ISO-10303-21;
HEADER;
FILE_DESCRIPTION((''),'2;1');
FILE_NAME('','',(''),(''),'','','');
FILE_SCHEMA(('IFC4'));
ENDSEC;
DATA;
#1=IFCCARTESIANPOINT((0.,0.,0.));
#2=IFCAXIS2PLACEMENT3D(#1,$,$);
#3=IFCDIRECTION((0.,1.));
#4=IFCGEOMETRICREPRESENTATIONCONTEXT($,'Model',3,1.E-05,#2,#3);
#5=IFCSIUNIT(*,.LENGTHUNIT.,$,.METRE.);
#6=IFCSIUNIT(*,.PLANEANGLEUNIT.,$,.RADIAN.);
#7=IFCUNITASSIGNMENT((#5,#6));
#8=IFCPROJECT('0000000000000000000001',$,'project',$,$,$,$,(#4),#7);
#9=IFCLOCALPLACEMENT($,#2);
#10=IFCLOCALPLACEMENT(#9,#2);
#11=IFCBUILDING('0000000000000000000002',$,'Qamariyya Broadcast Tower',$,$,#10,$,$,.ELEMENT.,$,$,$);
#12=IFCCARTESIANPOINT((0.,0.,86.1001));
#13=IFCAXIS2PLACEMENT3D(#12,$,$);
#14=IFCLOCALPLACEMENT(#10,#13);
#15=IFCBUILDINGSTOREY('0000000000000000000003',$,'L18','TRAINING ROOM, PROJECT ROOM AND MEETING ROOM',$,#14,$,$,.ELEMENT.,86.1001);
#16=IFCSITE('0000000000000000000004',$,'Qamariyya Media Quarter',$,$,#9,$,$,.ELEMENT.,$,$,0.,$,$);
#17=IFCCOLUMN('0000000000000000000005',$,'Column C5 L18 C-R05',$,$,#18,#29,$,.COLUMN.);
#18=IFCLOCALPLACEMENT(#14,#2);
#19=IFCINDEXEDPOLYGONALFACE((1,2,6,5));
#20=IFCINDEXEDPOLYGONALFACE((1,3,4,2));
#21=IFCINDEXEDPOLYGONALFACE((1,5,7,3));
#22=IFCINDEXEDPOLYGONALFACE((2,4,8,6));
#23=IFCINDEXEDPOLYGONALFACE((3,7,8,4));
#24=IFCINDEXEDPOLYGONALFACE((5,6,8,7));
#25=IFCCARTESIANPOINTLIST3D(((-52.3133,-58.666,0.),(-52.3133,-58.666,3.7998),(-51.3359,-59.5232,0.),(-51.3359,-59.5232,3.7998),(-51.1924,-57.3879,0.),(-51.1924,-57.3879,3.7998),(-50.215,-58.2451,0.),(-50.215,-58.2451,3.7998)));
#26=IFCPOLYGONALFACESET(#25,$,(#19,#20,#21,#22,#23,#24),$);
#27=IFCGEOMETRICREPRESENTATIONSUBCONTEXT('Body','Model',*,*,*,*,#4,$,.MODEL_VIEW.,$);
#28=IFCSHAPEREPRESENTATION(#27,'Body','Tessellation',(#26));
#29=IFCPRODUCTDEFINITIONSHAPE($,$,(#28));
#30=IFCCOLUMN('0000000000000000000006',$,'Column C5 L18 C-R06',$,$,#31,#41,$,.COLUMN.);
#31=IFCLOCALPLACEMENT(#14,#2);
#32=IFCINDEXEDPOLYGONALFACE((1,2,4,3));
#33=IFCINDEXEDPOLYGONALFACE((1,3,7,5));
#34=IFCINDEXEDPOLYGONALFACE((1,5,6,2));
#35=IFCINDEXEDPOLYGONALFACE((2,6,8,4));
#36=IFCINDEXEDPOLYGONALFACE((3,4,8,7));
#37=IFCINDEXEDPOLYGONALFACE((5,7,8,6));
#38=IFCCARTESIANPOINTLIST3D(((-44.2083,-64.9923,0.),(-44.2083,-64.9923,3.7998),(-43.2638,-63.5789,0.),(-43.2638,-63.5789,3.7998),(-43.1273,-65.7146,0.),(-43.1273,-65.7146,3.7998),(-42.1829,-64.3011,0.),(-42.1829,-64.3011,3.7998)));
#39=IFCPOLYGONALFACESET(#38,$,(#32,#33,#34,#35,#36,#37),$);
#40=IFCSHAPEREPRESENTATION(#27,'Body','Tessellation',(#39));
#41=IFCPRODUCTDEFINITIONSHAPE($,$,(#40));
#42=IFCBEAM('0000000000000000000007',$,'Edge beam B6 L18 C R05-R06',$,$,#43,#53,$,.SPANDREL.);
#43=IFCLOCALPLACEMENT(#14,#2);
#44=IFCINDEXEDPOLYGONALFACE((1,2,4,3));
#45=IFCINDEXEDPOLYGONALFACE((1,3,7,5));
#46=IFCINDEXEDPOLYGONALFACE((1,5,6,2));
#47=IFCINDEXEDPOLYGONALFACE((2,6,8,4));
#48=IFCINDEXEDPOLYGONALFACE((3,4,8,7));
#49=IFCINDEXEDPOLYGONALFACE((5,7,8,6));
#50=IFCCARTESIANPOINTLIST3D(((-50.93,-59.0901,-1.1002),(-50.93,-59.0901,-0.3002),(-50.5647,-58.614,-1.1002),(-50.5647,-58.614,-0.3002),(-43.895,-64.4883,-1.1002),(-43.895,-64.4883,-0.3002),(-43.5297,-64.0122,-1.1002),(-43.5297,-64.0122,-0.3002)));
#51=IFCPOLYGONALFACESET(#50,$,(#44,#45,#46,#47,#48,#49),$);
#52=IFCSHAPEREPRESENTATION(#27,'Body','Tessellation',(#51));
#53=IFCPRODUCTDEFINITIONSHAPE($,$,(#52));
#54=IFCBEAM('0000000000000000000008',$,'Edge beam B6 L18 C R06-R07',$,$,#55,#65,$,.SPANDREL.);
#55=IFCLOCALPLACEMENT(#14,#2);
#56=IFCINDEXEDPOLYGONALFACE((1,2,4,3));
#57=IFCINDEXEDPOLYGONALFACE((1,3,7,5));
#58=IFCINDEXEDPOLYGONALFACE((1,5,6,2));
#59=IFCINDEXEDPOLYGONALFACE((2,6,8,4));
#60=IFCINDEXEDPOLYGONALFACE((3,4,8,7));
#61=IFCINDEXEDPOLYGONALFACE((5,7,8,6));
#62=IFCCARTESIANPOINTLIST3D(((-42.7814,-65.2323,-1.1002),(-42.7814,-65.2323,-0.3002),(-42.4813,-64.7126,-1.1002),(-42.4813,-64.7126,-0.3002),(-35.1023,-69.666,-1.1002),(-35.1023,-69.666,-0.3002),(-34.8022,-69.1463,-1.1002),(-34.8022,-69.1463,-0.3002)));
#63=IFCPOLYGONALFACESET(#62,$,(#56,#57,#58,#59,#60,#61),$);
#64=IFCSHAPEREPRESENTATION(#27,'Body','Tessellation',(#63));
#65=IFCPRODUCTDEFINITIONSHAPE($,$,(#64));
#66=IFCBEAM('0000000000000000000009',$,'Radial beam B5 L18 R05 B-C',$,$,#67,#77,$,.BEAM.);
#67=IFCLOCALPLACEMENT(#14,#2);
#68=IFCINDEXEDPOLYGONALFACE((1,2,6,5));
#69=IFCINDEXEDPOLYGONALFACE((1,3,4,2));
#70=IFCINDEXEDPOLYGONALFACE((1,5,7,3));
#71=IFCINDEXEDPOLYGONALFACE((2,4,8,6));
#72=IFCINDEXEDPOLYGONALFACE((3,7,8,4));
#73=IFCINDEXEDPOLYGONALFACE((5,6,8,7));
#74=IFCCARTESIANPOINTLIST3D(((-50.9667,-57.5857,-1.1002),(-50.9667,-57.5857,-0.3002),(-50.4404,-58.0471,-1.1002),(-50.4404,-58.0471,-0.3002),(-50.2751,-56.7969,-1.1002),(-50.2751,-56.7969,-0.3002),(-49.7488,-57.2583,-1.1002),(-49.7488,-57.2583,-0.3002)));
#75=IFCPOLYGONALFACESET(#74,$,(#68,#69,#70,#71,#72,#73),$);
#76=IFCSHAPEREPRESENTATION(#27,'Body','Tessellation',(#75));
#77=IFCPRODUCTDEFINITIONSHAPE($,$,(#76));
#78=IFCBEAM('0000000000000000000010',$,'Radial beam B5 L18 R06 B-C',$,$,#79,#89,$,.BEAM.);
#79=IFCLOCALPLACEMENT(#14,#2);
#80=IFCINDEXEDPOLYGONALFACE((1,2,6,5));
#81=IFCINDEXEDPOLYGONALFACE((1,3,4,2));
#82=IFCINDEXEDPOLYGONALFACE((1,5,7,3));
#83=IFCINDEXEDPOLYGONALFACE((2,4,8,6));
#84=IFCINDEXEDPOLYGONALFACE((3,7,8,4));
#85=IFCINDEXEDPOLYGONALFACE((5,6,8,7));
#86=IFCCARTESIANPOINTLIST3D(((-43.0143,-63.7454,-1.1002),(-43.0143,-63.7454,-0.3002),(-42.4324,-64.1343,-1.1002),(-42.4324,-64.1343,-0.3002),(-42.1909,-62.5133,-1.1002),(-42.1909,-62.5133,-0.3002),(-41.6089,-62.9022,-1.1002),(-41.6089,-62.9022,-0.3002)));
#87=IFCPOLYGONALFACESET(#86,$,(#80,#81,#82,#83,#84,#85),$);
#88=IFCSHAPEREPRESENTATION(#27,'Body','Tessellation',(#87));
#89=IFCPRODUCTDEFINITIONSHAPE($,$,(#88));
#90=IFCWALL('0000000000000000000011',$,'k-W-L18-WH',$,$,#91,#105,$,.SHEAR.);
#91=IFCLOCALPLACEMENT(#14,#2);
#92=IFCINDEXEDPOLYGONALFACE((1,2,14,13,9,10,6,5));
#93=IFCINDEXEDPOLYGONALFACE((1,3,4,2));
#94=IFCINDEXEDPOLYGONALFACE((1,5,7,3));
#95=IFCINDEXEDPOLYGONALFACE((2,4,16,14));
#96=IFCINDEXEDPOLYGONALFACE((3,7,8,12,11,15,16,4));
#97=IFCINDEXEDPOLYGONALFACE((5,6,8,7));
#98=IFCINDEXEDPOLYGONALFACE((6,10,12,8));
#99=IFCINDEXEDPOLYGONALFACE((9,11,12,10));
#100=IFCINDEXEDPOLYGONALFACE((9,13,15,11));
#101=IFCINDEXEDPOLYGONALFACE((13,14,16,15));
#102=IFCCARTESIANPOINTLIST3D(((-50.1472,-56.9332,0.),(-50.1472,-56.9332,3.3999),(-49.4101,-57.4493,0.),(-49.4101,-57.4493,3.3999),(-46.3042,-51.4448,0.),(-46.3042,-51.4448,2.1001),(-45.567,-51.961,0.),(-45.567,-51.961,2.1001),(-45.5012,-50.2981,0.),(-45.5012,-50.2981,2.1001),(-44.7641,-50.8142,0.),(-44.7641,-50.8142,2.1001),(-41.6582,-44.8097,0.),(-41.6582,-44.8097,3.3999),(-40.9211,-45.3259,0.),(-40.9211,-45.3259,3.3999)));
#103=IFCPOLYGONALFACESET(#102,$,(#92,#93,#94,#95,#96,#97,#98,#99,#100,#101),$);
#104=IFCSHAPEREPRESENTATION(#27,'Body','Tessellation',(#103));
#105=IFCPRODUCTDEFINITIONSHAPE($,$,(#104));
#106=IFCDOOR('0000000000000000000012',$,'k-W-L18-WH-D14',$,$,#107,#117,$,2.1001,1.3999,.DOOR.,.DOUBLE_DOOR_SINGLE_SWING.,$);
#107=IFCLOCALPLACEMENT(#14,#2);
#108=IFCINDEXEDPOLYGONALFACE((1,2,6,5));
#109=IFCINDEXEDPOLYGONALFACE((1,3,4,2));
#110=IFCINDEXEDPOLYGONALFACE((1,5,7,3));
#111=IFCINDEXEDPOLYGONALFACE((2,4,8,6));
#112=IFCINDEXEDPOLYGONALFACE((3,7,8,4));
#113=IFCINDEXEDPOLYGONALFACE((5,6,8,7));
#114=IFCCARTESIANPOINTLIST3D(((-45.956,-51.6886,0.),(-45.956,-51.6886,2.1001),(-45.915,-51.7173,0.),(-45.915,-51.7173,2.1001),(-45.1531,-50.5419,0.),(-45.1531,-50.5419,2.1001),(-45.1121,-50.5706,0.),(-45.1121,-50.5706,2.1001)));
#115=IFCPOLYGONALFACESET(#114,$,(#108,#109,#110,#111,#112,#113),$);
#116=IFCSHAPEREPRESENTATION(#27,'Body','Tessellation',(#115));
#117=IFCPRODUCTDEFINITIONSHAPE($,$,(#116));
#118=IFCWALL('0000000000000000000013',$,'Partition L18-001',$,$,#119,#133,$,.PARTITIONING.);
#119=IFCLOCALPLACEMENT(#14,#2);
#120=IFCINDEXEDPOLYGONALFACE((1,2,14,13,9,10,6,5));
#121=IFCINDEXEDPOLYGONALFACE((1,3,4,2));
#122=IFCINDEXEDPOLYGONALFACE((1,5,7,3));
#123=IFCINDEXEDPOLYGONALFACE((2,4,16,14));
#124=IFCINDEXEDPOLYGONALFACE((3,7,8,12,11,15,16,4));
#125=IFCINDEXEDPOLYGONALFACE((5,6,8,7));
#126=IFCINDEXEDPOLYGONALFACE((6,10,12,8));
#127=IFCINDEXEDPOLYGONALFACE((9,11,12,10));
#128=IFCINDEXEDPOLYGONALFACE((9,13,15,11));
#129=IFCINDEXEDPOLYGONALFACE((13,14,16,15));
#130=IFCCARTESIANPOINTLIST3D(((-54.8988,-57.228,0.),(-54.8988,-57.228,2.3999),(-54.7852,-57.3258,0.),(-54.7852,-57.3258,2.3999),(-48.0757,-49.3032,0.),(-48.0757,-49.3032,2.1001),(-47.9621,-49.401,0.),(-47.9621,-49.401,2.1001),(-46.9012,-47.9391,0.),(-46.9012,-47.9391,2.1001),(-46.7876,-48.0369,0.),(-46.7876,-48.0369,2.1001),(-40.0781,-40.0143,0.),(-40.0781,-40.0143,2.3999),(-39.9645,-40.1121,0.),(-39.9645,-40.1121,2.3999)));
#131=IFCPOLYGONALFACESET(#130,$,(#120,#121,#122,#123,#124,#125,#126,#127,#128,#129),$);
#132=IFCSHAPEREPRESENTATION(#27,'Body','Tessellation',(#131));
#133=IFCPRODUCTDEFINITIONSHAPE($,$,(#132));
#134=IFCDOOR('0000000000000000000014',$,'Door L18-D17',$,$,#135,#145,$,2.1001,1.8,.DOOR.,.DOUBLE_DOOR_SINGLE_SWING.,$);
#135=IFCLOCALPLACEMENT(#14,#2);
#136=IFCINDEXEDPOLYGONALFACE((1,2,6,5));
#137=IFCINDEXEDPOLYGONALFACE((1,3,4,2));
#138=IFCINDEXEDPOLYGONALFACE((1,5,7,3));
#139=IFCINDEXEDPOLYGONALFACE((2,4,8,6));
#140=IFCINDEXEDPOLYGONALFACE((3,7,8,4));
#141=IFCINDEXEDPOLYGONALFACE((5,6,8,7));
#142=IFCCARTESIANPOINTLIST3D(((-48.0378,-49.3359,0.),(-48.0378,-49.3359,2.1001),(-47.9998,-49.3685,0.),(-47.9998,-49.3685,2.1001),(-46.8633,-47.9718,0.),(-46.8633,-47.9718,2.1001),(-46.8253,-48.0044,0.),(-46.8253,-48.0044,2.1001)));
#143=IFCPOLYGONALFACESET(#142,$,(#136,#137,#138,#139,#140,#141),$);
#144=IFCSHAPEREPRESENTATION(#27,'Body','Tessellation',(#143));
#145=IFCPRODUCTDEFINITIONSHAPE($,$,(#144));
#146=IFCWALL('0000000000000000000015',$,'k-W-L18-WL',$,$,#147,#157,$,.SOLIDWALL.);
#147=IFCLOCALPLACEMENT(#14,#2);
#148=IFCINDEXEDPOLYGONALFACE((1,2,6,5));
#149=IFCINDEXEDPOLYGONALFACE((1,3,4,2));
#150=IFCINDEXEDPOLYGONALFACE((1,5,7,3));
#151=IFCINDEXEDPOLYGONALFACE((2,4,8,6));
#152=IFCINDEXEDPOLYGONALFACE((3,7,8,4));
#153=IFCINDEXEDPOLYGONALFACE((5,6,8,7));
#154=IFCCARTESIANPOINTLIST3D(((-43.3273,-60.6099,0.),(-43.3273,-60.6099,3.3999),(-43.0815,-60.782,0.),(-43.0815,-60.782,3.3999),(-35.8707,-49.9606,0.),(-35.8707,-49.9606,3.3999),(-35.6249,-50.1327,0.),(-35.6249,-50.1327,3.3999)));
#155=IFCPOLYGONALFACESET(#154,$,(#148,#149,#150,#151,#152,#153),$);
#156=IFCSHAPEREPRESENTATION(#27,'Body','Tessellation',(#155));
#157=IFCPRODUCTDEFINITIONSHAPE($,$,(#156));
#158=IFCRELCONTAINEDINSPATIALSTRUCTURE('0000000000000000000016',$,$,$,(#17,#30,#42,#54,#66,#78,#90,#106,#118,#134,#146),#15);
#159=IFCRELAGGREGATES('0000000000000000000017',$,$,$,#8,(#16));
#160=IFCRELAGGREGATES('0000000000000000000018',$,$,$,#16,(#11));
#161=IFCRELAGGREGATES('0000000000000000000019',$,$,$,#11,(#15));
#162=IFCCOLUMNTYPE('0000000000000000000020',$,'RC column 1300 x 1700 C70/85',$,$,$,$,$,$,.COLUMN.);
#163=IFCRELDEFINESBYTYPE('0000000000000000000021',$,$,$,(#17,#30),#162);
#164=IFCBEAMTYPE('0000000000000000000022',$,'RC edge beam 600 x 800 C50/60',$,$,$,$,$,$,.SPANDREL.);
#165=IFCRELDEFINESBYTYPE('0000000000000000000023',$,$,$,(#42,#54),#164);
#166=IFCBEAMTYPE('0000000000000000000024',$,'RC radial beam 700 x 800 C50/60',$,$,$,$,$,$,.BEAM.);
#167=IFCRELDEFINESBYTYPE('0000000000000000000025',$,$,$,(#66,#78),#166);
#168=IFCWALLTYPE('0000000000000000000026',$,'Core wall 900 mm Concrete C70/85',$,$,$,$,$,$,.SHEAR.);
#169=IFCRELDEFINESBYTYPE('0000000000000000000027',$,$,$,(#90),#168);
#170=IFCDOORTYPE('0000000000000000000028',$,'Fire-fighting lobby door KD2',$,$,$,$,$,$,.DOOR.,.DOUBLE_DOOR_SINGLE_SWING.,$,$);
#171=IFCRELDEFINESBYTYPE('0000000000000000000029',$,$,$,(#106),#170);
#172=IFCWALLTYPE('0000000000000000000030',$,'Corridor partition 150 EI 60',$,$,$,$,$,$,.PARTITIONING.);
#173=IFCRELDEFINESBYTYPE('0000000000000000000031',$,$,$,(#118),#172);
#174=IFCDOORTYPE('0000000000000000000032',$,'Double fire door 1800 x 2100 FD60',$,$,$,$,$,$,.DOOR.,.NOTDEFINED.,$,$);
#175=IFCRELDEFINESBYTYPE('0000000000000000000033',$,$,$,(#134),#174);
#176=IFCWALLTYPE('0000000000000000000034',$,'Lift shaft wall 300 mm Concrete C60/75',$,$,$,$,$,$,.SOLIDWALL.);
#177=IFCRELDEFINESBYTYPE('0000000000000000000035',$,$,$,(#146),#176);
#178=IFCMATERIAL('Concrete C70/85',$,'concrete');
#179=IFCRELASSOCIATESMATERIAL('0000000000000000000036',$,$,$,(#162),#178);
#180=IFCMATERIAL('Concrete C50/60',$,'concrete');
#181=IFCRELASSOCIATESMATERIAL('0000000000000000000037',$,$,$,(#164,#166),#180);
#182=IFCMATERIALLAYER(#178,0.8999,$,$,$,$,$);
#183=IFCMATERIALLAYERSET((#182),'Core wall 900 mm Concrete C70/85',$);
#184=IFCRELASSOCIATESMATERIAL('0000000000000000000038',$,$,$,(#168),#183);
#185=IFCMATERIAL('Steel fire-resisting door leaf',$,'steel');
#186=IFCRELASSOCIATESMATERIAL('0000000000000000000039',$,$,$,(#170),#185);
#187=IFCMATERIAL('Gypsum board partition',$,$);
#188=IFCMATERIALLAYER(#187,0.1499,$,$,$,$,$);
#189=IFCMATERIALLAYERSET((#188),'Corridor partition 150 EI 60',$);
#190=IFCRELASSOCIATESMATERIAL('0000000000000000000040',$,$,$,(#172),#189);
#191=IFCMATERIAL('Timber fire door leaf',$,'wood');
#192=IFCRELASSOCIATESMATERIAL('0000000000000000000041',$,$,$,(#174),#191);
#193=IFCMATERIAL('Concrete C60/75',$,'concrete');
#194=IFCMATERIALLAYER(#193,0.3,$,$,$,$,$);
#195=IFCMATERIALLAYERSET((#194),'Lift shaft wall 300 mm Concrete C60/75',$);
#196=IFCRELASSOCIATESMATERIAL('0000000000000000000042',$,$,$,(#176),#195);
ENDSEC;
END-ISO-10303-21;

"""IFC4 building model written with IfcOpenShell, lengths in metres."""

from ifc_helpers import new_model, si_unit, direction, frame, frame_2d, origin, origin_2d, place, context, subcontext, project, spatial, rectangle, extrude, material, layer, layer_set, material_profile, profile_set, type_object, element, fill, save


model = new_model("IFC4")

# Units and contexts
model_context = context("Model", 3, precision=1e-05, world=origin(), true_north=direction((0.0, 1.0)))
body_context = subcontext(model_context, "Body", "Model", "MODEL_VIEW")
ifc_project = project(units=[si_unit("LENGTHUNIT", "METRE"), si_unit("PLANEANGLEUNIT", "RADIAN")], contexts=[model_context])

# Site, building, storey
site_placement = place(None, origin())
site = spatial("IfcSite", under=ifc_project, at=site_placement, Name="Qamariyya Media Quarter", CompositionType="ELEMENT", RefElevation=0.0)
building_placement = place(site_placement, origin())
building = spatial("IfcBuilding", under=site, at=building_placement, Name="Qamariyya Broadcast Tower", CompositionType="ELEMENT")
storey_placement = place(building_placement, frame((0.0, 0.0, 86.1001)))
storey = spatial("IfcBuildingStorey", under=building, at=storey_placement, Name="L18", Description="TRAINING ROOM, PROJECT ROOM AND MEETING ROOM", CompositionType="ELEMENT", Elevation=86.1001)

# Columns
ifc_material_1 = material(Name="Concrete C70/85", Category="concrete")
ifc_material_profile_1 = material_profile(ifc_material_1, rectangle(XDim=1.3, YDim=1.7, at=origin_2d()))
ifc_profile_set_1 = profile_set([ifc_material_profile_1], Name="Concrete C70/85")
column_type = type_object("IfcColumnType", Name="RC column 1300 x 1700 C70/85", PredefinedType="COLUMN", material=ifc_profile_set_1)
for number, where, z_axis, x_axis, name in (
    (1, (-51.2642, -58.4556, 0.0), (0.0, 0.0, 1.0), (0.75184, -0.659346, 0.0), "Column C5 L18 C-R05"),
    (2, (-43.1956, -64.6467, 0.0), (0.0, 0.0, 1.0), (0.83147, -0.55557, 0.0), "Column C5 L18 C-R06"),
):
    element("IfcColumn", number, at=place(storey_placement, frame(where, z_axis=z_axis, x_axis=x_axis)), inside=storey, type_object=column_type, Name=name, PredefinedType="COLUMN", context=body_context, shape_type="SweptSolid", body=[
        extrude(rectangle(XDim=1.3, YDim=1.7, at=origin_2d()), origin(), (0.0, 0.0, 1.0), 3.7998),
    ])

# Beams
ifc_material_2 = material(Name="Concrete C50/60", Category="concrete")
ifc_material_profile_2 = material_profile(ifc_material_2, rectangle(XDim=0.6001, YDim=0.8, at=origin_2d()))
ifc_profile_set_2 = profile_set([ifc_material_profile_2], Name="Concrete C50/60")
beam_type_1 = type_object("IfcBeamType", Name="RC edge beam 600 x 800 C50/60", PredefinedType="SPANDREL", material=ifc_profile_set_2)
beam_1_placement = place(storey_placement, frame((-50.7473, -58.8521, -0.7002), z_axis=(0.793347, -0.60877, 0.0), x_axis=(0.60877, 0.793347, 0.0)))
element("IfcBeam", 3, at=beam_1_placement, inside=storey, type_object=beam_type_1, Name="Edge beam B6 L18 C R05-R06", PredefinedType="SPANDREL", context=body_context, shape_type="SweptSolid", body=[
    extrude(rectangle(XDim=0.6001, YDim=0.8, at=origin_2d()), origin(), (0.0, 0.0, 1.0), 8.8674),
])
beam_2_placement = place(storey_placement, frame((-42.6313, -64.9724, -0.7002), z_axis=(0.866013, -0.500021, 0.0), x_axis=(0.500021, 0.866013, 0.0)))
element("IfcBeam", 4, at=beam_2_placement, inside=storey, type_object=beam_type_1, Name="Edge beam B6 L18 C R06-R07", PredefinedType="SPANDREL", context=body_context, shape_type="SweptSolid", body=[
    extrude(rectangle(XDim=0.6001, YDim=0.8, at=origin_2d()), origin(), (0.0, 0.0, 1.0), 8.8672),
])
ifc_material_profile_3 = material_profile(ifc_material_2, rectangle(XDim=0.7, YDim=0.8, at=origin_2d()))
ifc_profile_set_3 = profile_set([ifc_material_profile_3], Name="Concrete C50/60")
beam_type_2 = type_object("IfcBeamType", Name="RC radial beam 700 x 800 C50/60", PredefinedType="BEAM", material=ifc_profile_set_3)
beam_3_placement = place(storey_placement, frame((-50.012, -57.0276, -0.7002), z_axis=(-0.659279, -0.751899, 0.0), x_axis=(0.751899, -0.659279, 0.0)))
element("IfcBeam", 5, at=beam_3_placement, inside=storey, type_object=beam_type_2, Name="Radial beam B5 L18 R05 B-C", PredefinedType="BEAM", context=body_context, shape_type="SweptSolid", body=[
    extrude(rectangle(XDim=0.7, YDim=0.8, at=origin_2d()), origin(), (0.0, 0.0, 1.0), 1.0491),
])
beam_4_placement = place(storey_placement, frame((-41.8999, -62.7078, -0.7002), z_axis=(-0.55565, -0.831416, 0.0), x_axis=(0.831416, -0.55565, 0.0)))
element("IfcBeam", 6, at=beam_4_placement, inside=storey, type_object=beam_type_2, Name="Radial beam B5 L18 R06 B-C", PredefinedType="BEAM", context=body_context, shape_type="SweptSolid", body=[
    extrude(rectangle(XDim=0.7, YDim=0.8, at=origin_2d()), origin(), (0.0, 0.0, 1.0), 1.4819),
])

# Walls, openings, doors
ifc_layer_1 = layer(ifc_material_1, 0.8999)
ifc_layer_set_1 = layer_set([ifc_layer_1], Name="Core wall 900 mm Concrete C70/85")
wall_type_1 = type_object("IfcWallType", Name="Core wall 900 mm Concrete C70/85", PredefinedType="SHEAR", material=ifc_layer_set_1)
wall_1_placement = place(storey_placement, frame((-49.7786, -57.1912, 0.0), z_axis=(0.0, 0.0, 1.0), x_axis=(0.573577, 0.819151, 0.0)))
wall_1 = element("IfcWall", 7, at=wall_1_placement, inside=storey, type_object=wall_type_1, Name="k-W-L18-WH", PredefinedType="SHEAR", context=body_context, shape_type="SweptSolid", body=[
    extrude(rectangle(XDim=14.8, YDim=0.8999, at=frame_2d((7.3999, 0.0))), origin(), (0.0, 0.0, 1.0), 3.3999),
])
opening_1_placement = place(wall_1_placement, frame((6.7, 0.0, 0.0)))
opening_1 = element("IfcOpeningElement", 8, at=opening_1_placement, cuts=wall_1, PredefinedType="OPENING", context=body_context, shape_type="SweptSolid", body=[
    extrude(rectangle(XDim=1.3999, YDim=2.1001, at=frame_2d((0.7, 1.05))), frame((0.0, 0.46, 0.0), z_axis=(0.0, -1.0, 0.0), x_axis=(1.0, 0.0, 0.0)), (0.0, 0.0, 1.0), 0.9199),
])
ifc_material_3 = material(Name="Steel fire-resisting door leaf", Category="steel")
door_type_1 = type_object("IfcDoorType", Name="Fire-fighting lobby door KD2", OperationType="DOUBLE_DOOR_SINGLE_SWING", PredefinedType="DOOR", material=ifc_material_3)
door_1_placement = place(opening_1_placement, origin())
door_1 = element("IfcDoor", 9, at=door_1_placement, inside=storey, type_object=door_type_1, Name="k-W-L18-WH-D14", OperationType="DOUBLE_DOOR_SINGLE_SWING", OverallHeight=2.1001, OverallWidth=1.3999, PredefinedType="DOOR", context=body_context, shape_type="SweptSolid", body=[
    extrude(rectangle(XDim=1.3999, YDim=2.1001, at=frame_2d((0.7, 1.05))), frame((0.0, 0.0249, 0.0), z_axis=(0.0, -1.0, 0.0), x_axis=(1.0, 0.0, 0.0)), (0.0, 0.0, 1.0), 0.05),
])
fill(opening_1, door_1)
ifc_material_4 = material(Name="Gypsum board partition")
ifc_layer_2 = layer(ifc_material_4, 0.1499)
ifc_layer_set_2 = layer_set([ifc_layer_2], Name="Corridor partition 150 EI 60")
wall_type_2 = type_object("IfcWallType", Name="Corridor partition 150 EI 60", PredefinedType="PARTITIONING", material=ifc_layer_set_2)
wall_2_placement = place(storey_placement, frame((-54.842, -57.2769, 0.0), z_axis=(0.0, 0.0, 1.0), x_axis=(0.652472, 0.757813, 0.0)))
wall_2 = element("IfcWall", 10, at=wall_2_placement, inside=storey, type_object=wall_type_2, Name="Partition L18-001", PredefinedType="PARTITIONING", context=body_context, shape_type="SweptSolid", body=[
    extrude(rectangle(XDim=22.7148, YDim=0.1499, at=frame_2d((11.3574, 0.0))), origin(), (0.0, 0.0, 1.0), 2.3999),
])
opening_2_placement = place(wall_2_placement, frame((10.4575, 0.0, 0.0)))
opening_2 = element("IfcOpeningElement", 11, at=opening_2_placement, cuts=wall_2, PredefinedType="OPENING", context=body_context, shape_type="SweptSolid", body=[
    extrude(rectangle(XDim=1.8, YDim=2.1001, at=frame_2d((0.8999, 1.05))), frame((0.0, 0.085, 0.0), z_axis=(0.0, -1.0, 0.0), x_axis=(1.0, 0.0, 0.0)), (0.0, 0.0, 1.0), 0.1699),
])
ifc_material_5 = material(Name="Timber fire door leaf", Category="wood")
door_type_2 = type_object("IfcDoorType", Name="Double fire door 1800 x 2100 FD60", OperationType="NOTDEFINED", PredefinedType="DOOR", material=ifc_material_5)
door_2_placement = place(opening_2_placement, origin())
door_2 = element("IfcDoor", 12, at=door_2_placement, inside=storey, type_object=door_type_2, Name="Door L18-D17", OperationType="DOUBLE_DOOR_SINGLE_SWING", OverallHeight=2.1001, OverallWidth=1.8, PredefinedType="DOOR", context=body_context, shape_type="SweptSolid", body=[
    extrude(rectangle(XDim=1.8, YDim=2.1001, at=frame_2d((0.8999, 1.05))), frame((0.0, 0.0249, 0.0), z_axis=(0.0, -1.0, 0.0), x_axis=(1.0, 0.0, 0.0)), (0.0, 0.0, 1.0), 0.05),
])
fill(opening_2, door_2)

# Wall
ifc_material_6 = material(Name="Concrete C60/75", Category="concrete")
ifc_layer_3 = layer(ifc_material_6, 0.3)
ifc_layer_set_3 = layer_set([ifc_layer_3], Name="Lift shaft wall 300 mm Concrete C60/75")
wall_type_3 = type_object("IfcWallType", Name="Lift shaft wall 300 mm Concrete C60/75", PredefinedType="SOLIDWALL", material=ifc_layer_set_3)
wall_3_placement = place(storey_placement, frame((-43.2043, -60.6958, 0.0), z_axis=(0.0, 0.0, 1.0), x_axis=(0.573572, 0.819155, 0.0)))
element("IfcWall", 13, at=wall_3_placement, inside=storey, type_object=wall_type_3, Name="k-W-L18-WL", PredefinedType="SOLIDWALL", context=body_context, shape_type="SweptSolid", body=[
    extrude(rectangle(XDim=13.0002, YDim=0.3, at=frame_2d((6.5, 0.0))), origin(), (0.0, 0.0, 1.0), 3.3999),
])

save(model, "model.ifc")
